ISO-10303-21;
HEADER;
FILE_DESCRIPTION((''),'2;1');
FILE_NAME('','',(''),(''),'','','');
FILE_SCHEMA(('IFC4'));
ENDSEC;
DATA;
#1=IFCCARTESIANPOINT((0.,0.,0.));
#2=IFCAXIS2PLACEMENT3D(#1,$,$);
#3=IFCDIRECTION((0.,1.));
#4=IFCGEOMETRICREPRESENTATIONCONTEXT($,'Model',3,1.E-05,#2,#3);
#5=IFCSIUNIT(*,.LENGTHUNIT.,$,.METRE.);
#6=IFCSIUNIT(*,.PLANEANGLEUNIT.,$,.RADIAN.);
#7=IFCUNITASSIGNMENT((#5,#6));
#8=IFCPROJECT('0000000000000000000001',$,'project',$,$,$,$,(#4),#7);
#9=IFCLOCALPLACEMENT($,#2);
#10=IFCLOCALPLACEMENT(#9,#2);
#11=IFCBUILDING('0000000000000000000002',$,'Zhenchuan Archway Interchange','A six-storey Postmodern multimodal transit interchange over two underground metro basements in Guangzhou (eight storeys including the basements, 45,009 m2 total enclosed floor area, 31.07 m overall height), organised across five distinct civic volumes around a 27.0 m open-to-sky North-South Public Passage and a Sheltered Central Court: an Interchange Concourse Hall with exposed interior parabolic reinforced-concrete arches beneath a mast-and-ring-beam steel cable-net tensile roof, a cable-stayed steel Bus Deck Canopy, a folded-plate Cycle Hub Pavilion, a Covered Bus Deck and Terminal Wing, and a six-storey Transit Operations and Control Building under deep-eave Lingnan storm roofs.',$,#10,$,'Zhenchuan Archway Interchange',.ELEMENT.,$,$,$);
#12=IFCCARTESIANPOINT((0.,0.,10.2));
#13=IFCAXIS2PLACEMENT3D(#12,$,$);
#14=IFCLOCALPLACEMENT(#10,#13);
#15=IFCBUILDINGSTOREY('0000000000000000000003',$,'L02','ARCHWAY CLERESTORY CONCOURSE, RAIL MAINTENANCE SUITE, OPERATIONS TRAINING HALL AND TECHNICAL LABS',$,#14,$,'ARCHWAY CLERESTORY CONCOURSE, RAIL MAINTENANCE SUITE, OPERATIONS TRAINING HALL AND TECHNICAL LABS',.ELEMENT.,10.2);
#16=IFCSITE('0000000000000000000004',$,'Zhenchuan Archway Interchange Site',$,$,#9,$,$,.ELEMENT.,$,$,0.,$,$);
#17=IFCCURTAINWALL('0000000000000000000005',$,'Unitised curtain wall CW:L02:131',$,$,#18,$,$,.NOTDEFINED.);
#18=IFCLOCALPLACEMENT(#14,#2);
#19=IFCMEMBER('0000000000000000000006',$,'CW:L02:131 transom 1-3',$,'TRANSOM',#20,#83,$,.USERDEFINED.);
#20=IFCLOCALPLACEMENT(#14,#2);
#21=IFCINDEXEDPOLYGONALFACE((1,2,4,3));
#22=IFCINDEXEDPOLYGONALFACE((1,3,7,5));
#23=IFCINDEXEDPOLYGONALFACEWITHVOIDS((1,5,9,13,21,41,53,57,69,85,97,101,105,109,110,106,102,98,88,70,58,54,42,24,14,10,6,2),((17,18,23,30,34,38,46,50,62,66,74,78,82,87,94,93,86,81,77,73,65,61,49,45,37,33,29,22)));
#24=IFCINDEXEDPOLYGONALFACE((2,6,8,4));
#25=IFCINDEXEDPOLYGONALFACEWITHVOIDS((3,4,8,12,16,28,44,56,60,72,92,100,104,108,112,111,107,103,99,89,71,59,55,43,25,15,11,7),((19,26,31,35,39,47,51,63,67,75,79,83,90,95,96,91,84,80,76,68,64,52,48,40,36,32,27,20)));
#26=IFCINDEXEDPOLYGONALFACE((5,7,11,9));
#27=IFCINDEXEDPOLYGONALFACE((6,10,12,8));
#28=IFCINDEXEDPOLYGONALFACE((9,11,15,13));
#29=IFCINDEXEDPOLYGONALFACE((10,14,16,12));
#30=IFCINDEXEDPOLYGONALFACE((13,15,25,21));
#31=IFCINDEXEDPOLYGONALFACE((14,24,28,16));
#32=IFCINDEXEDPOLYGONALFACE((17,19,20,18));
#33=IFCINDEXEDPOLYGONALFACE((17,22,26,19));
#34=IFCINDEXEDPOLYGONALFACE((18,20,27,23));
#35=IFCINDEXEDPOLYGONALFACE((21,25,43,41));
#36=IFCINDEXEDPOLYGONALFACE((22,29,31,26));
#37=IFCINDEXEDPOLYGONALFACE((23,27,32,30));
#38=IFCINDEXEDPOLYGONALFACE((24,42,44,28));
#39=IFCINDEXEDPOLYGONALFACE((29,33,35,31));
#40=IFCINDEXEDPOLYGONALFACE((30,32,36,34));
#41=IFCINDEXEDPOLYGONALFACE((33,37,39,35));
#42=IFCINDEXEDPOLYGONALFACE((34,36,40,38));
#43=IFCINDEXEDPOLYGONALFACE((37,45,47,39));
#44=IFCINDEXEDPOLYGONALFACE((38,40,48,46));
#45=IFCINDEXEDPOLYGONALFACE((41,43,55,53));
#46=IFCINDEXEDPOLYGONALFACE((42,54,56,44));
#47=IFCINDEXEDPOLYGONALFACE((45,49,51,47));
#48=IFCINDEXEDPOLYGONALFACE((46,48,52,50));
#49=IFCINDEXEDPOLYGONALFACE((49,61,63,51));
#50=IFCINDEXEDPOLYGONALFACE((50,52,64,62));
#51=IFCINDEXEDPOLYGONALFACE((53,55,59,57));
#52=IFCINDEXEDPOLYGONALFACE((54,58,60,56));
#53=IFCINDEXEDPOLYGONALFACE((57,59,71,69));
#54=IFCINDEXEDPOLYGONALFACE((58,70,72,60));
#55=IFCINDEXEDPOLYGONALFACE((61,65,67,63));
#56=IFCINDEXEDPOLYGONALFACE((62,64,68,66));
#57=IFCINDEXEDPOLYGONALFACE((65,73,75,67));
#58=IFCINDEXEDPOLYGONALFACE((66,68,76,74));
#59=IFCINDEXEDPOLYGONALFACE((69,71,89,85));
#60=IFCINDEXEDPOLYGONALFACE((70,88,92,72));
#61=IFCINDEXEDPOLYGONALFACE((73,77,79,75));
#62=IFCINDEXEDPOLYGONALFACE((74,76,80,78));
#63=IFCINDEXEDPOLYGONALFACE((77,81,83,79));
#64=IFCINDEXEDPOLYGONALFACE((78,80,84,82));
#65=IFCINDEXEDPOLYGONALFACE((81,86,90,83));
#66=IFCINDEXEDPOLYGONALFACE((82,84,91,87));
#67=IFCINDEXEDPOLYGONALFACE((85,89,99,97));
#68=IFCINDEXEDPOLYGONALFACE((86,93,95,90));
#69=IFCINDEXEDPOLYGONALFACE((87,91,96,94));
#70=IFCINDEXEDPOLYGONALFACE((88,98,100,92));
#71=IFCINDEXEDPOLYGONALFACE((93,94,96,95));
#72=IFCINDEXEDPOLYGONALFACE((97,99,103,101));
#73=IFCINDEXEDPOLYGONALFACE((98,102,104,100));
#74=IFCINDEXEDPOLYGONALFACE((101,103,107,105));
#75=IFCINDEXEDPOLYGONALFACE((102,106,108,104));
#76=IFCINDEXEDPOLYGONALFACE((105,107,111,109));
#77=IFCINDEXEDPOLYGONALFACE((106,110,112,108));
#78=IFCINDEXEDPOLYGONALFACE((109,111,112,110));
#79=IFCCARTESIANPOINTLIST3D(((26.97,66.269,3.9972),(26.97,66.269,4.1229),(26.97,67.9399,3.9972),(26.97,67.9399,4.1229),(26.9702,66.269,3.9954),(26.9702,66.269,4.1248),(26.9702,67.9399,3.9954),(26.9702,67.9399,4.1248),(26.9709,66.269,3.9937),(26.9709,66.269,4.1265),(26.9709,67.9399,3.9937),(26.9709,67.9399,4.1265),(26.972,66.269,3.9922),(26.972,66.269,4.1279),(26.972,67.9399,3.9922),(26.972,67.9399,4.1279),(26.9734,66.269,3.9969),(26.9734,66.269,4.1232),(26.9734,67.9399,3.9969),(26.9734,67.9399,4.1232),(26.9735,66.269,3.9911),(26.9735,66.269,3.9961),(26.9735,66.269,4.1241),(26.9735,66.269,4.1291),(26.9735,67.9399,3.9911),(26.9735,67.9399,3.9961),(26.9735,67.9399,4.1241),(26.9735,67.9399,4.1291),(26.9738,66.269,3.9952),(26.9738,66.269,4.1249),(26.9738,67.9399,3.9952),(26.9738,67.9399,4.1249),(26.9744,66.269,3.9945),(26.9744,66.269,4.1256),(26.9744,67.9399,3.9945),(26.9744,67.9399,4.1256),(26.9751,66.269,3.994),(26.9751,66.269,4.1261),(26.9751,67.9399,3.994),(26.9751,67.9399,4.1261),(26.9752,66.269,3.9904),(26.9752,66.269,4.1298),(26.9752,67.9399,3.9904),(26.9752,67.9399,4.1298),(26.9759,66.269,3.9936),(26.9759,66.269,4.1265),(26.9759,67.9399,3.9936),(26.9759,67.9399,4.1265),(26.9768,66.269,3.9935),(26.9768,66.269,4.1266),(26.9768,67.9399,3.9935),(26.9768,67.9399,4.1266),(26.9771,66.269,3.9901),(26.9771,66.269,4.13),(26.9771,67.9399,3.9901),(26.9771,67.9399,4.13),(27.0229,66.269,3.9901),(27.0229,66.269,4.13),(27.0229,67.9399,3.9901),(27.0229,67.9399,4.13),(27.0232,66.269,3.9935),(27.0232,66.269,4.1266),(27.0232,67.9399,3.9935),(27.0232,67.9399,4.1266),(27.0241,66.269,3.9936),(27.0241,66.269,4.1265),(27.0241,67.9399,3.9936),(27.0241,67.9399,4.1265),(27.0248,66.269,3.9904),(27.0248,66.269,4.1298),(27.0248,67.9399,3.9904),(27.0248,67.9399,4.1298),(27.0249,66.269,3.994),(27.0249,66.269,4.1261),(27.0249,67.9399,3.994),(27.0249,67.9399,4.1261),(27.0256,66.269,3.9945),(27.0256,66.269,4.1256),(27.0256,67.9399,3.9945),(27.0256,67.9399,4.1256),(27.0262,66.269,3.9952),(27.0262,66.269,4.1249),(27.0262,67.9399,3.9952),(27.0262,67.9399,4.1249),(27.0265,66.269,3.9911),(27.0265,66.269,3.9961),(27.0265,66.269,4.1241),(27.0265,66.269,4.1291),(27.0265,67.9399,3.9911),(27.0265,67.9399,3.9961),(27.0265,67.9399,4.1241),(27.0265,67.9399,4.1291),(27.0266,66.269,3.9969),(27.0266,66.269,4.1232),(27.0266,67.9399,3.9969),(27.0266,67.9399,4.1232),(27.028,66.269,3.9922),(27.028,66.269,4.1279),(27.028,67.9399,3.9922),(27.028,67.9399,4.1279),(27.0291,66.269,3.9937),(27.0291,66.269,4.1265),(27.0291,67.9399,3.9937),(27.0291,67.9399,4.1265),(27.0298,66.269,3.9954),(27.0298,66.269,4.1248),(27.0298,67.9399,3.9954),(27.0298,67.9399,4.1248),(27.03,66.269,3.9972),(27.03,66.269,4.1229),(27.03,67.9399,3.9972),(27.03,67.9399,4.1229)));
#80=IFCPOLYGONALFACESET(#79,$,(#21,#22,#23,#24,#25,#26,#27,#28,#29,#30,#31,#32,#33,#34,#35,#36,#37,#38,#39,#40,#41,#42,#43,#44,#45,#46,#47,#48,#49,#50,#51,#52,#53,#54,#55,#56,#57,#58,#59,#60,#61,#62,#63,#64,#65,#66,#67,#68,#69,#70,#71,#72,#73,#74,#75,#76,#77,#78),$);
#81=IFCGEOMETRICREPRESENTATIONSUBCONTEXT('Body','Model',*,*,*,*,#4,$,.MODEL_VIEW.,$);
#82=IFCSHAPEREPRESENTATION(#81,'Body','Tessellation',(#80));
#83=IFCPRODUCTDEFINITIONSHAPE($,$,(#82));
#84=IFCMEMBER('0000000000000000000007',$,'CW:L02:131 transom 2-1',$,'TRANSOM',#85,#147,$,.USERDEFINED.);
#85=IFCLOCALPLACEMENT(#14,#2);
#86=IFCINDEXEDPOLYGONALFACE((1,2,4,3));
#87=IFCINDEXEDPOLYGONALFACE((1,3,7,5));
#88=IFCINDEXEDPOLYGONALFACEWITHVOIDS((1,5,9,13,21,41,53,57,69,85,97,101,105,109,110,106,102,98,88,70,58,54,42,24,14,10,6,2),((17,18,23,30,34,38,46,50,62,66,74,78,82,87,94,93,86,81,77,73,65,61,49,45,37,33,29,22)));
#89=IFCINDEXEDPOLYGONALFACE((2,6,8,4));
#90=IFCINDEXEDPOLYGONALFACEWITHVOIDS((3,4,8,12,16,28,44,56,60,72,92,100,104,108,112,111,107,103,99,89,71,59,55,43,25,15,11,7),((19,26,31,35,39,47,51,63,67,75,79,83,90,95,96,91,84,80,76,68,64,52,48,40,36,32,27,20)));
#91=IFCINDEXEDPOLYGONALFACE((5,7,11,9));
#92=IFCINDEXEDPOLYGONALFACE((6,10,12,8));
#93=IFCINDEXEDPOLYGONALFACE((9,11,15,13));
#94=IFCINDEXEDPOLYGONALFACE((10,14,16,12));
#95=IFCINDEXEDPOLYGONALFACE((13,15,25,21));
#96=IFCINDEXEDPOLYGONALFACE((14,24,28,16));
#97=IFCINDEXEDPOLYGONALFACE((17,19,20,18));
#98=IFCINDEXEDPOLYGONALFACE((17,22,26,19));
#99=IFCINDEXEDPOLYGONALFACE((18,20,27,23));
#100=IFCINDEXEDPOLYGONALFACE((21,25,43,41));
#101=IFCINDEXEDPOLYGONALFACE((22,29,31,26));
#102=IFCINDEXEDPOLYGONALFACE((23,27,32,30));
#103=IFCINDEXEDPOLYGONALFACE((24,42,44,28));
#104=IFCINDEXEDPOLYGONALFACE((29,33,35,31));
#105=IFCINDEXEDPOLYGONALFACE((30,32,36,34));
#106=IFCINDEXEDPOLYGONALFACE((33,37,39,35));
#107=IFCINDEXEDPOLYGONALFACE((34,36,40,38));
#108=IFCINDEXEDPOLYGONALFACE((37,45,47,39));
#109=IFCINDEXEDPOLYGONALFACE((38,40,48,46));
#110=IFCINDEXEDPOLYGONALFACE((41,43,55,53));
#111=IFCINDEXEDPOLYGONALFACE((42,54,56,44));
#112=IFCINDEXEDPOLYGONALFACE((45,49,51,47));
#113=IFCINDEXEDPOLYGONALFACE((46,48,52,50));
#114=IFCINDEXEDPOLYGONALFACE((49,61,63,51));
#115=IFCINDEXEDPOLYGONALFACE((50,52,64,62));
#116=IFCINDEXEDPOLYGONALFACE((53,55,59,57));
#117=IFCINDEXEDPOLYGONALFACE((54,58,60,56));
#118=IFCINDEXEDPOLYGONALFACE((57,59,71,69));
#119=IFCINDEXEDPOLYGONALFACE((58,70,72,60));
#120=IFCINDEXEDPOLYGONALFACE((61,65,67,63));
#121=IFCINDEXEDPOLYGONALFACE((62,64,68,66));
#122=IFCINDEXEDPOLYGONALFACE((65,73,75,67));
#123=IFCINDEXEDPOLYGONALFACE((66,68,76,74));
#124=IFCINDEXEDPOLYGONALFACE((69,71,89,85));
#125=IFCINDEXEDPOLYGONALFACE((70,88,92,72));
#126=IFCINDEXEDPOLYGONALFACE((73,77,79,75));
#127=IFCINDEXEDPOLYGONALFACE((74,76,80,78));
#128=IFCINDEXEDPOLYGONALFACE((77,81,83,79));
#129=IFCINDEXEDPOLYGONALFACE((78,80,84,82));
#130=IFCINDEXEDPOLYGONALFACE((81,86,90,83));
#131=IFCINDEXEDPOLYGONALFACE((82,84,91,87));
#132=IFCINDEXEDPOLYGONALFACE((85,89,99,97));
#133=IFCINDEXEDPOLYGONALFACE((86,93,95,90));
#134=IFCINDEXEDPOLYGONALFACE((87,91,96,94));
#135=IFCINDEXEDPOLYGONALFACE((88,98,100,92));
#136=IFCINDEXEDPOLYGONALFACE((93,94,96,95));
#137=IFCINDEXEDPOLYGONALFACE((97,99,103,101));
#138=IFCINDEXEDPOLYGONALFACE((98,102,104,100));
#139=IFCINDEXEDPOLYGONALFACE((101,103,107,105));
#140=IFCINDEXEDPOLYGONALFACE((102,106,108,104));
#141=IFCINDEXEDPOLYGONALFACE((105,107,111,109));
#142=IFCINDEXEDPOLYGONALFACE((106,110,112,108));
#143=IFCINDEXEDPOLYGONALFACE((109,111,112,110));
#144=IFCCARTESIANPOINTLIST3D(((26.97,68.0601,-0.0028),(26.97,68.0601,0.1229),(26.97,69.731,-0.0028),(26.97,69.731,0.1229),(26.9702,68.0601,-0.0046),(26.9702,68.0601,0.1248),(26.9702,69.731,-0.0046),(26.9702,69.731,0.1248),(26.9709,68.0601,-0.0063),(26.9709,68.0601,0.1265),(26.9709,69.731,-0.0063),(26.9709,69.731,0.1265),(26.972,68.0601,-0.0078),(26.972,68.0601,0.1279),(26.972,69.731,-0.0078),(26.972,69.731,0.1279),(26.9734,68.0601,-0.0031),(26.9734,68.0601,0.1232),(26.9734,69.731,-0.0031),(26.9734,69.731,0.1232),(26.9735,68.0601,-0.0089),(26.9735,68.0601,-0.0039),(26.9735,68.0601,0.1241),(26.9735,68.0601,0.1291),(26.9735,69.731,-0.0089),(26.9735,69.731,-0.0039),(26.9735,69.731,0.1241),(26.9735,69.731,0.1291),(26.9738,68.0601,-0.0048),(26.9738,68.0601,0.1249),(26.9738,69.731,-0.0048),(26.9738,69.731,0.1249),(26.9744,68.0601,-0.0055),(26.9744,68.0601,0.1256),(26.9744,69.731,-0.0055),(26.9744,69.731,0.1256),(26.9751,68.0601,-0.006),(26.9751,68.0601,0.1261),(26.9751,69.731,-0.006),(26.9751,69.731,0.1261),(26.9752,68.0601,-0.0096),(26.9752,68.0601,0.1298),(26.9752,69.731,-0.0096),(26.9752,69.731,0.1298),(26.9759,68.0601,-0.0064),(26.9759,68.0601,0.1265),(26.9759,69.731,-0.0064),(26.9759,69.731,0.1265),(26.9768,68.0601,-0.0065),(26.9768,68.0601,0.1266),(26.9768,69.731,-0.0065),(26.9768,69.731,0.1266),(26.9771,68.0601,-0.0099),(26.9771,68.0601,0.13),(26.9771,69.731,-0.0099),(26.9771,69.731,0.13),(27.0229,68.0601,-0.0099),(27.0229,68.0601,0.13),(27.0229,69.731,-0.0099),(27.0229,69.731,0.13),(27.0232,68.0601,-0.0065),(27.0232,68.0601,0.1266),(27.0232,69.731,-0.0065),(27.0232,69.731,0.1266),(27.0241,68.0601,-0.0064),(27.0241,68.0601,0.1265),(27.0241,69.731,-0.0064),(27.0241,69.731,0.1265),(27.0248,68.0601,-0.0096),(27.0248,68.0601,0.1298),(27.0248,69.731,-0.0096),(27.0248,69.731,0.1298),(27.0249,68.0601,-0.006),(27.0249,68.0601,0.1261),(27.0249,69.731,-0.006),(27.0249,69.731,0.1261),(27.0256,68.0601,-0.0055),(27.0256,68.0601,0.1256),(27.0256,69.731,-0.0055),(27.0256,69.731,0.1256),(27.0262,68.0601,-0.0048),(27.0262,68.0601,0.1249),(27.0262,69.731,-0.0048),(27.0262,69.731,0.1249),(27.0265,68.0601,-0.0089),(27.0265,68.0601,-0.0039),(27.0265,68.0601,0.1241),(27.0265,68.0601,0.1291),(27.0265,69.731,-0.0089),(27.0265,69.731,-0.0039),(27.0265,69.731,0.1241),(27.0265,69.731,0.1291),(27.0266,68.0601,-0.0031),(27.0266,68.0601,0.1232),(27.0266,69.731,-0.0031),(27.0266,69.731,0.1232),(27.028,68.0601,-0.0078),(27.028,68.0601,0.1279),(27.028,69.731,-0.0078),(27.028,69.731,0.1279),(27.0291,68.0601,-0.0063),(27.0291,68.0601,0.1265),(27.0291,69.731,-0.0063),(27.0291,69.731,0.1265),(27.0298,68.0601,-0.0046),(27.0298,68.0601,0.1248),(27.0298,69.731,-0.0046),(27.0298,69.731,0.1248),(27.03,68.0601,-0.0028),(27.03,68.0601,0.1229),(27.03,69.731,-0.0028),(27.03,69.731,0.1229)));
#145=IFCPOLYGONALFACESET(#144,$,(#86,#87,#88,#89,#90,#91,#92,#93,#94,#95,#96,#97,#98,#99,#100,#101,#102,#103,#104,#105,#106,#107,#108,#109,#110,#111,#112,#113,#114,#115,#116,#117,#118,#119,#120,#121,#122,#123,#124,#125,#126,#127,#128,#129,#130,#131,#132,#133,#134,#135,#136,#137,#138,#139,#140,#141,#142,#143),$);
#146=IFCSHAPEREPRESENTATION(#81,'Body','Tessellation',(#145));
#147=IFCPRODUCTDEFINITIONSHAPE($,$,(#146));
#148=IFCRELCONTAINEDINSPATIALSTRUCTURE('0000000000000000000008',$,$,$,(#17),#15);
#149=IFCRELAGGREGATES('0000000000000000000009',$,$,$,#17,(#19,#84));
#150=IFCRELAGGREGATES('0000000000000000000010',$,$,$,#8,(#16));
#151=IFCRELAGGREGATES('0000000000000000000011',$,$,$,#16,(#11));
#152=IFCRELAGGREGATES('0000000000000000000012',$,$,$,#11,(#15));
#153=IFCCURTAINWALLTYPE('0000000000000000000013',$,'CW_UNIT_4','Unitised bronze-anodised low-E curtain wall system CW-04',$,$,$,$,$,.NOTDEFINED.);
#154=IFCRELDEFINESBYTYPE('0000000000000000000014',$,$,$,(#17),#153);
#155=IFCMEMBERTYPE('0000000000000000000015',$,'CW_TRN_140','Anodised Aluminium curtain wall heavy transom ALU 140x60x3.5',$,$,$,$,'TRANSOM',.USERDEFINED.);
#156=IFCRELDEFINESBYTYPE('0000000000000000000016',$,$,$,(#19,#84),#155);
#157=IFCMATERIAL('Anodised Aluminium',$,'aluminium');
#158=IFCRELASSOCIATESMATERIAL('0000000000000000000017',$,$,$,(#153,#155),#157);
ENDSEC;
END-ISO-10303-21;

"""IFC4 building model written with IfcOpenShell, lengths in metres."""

from ifc_helpers import new_model, si_unit, direction, frame, origin, origin_2d, place, context, subcontext, project, spatial, hollow_rectangle, extrude, material, material_profile, profile_set, type_object, element, aggregate, save


model = new_model("IFC4")

# Units and contexts
model_context = context("Model", 3, precision=1e-05, world=origin(), true_north=direction((0.0, 1.0)))
body_context = subcontext(model_context, "Body", "Model", "MODEL_VIEW")
ifc_project = project(units=[si_unit("LENGTHUNIT", "METRE"), si_unit("PLANEANGLEUNIT", "RADIAN")], contexts=[model_context])

# Site, building, storey
site_placement = place(None, origin())
site = spatial("IfcSite", under=ifc_project, at=site_placement, Name="Zhenchuan Archway Interchange Site", CompositionType="ELEMENT", RefElevation=0.0)
building_placement = place(site_placement, origin())
building = spatial("IfcBuilding", under=site, at=building_placement, Name="Zhenchuan Archway Interchange", Description="A six-storey Postmodern multimodal transit interchange over two underground metro basements in Guangzhou (eight storeys including the basements, 45,009 m2 total enclosed floor area, 31.07 m overall height), organised across five distinct civic volumes around a 27.0 m open-to-sky North-South Public Passage and a Sheltered Central Court: an Interchange Concourse Hall with exposed interior parabolic reinforced-concrete arches beneath a mast-and-ring-beam steel cable-net tensile roof, a cable-stayed steel Bus Deck Canopy, a folded-plate Cycle Hub Pavilion, a Covered Bus Deck and Terminal Wing, and a six-storey Transit Operations and Control Building under deep-eave Lingnan storm roofs.", LongName="Zhenchuan Archway Interchange", CompositionType="ELEMENT")
storey_placement = place(building_placement, frame((0.0, 0.0, 10.2)))
storey = spatial("IfcBuildingStorey", under=building, at=storey_placement, Name="L02", Description="ARCHWAY CLERESTORY CONCOURSE, RAIL MAINTENANCE SUITE, OPERATIONS TRAINING HALL AND TECHNICAL LABS", LongName="ARCHWAY CLERESTORY CONCOURSE, RAIL MAINTENANCE SUITE, OPERATIONS TRAINING HALL AND TECHNICAL LABS", CompositionType="ELEMENT", Elevation=10.2)

# Curtain wall, members
ifc_material_1 = material(Name="Anodised Aluminium", Category="aluminium")
curtain_wall_type = type_object("IfcCurtainWallType", Name="CW_UNIT_4", Description="Unitised bronze-anodised low-E curtain wall system CW-04", PredefinedType="NOTDEFINED", material=ifc_material_1)
curtain_wall_placement = place(storey_placement, origin())
curtain_wall = element("IfcCurtainWall", 1, at=curtain_wall_placement, inside=storey, type_object=curtain_wall_type, Name="Unitised curtain wall CW:L02:131", PredefinedType="NOTDEFINED")
ifc_material_profile_1 = material_profile(ifc_material_1, hollow_rectangle(XDim=0.0601, YDim=0.1399, WallThickness=0.0034, InnerFilletRadius=0.0034, OuterFilletRadius=0.0071, at=origin_2d()), Name="ALU 140x60x3.5")
ifc_profile_set_1 = profile_set([ifc_material_profile_1], Name="Anodised Aluminium")
member_type_1 = type_object("IfcMemberType", Name="CW_TRN_140", Description="Anodised Aluminium curtain wall heavy transom ALU 140x60x3.5", ElementType="TRANSOM", PredefinedType="USERDEFINED", material=ifc_profile_set_1)
member_1_placement = place(storey_placement, frame((27.0, 66.269, 4.0601), z_axis=(0.0, 1.0, 0.0), x_axis=(-1.0, 0.0, 0.0)))
member_1 = element("IfcMember", 2, at=member_1_placement, type_object=member_type_1, Name="CW:L02:131 transom 1-3", ObjectType="TRANSOM", PredefinedType="USERDEFINED", context=body_context, shape_type="SweptSolid", body=[
    extrude(hollow_rectangle(XDim=0.0601, YDim=0.1399, WallThickness=0.0034, InnerFilletRadius=0.0034, OuterFilletRadius=0.0071, at=origin_2d()), origin(), (0.0, 0.0, 1.0), 1.6709),
])
member_2_placement = place(storey_placement, frame((27.0, 68.0601, 0.0601), z_axis=(0.0, 1.0, 0.0), x_axis=(-1.0, 0.0, 0.0)))
member_2 = element("IfcMember", 3, at=member_2_placement, type_object=member_type_1, Name="CW:L02:131 transom 2-1", ObjectType="TRANSOM", PredefinedType="USERDEFINED", context=body_context, shape_type="SweptSolid", body=[
    extrude(hollow_rectangle(XDim=0.0601, YDim=0.1399, WallThickness=0.0034, InnerFilletRadius=0.0034, OuterFilletRadius=0.0071, at=origin_2d()), origin(), (0.0, 0.0, 1.0), 1.6709),
])
aggregate(curtain_wall, [member_1, member_2])

save(model, "model.ifc")
